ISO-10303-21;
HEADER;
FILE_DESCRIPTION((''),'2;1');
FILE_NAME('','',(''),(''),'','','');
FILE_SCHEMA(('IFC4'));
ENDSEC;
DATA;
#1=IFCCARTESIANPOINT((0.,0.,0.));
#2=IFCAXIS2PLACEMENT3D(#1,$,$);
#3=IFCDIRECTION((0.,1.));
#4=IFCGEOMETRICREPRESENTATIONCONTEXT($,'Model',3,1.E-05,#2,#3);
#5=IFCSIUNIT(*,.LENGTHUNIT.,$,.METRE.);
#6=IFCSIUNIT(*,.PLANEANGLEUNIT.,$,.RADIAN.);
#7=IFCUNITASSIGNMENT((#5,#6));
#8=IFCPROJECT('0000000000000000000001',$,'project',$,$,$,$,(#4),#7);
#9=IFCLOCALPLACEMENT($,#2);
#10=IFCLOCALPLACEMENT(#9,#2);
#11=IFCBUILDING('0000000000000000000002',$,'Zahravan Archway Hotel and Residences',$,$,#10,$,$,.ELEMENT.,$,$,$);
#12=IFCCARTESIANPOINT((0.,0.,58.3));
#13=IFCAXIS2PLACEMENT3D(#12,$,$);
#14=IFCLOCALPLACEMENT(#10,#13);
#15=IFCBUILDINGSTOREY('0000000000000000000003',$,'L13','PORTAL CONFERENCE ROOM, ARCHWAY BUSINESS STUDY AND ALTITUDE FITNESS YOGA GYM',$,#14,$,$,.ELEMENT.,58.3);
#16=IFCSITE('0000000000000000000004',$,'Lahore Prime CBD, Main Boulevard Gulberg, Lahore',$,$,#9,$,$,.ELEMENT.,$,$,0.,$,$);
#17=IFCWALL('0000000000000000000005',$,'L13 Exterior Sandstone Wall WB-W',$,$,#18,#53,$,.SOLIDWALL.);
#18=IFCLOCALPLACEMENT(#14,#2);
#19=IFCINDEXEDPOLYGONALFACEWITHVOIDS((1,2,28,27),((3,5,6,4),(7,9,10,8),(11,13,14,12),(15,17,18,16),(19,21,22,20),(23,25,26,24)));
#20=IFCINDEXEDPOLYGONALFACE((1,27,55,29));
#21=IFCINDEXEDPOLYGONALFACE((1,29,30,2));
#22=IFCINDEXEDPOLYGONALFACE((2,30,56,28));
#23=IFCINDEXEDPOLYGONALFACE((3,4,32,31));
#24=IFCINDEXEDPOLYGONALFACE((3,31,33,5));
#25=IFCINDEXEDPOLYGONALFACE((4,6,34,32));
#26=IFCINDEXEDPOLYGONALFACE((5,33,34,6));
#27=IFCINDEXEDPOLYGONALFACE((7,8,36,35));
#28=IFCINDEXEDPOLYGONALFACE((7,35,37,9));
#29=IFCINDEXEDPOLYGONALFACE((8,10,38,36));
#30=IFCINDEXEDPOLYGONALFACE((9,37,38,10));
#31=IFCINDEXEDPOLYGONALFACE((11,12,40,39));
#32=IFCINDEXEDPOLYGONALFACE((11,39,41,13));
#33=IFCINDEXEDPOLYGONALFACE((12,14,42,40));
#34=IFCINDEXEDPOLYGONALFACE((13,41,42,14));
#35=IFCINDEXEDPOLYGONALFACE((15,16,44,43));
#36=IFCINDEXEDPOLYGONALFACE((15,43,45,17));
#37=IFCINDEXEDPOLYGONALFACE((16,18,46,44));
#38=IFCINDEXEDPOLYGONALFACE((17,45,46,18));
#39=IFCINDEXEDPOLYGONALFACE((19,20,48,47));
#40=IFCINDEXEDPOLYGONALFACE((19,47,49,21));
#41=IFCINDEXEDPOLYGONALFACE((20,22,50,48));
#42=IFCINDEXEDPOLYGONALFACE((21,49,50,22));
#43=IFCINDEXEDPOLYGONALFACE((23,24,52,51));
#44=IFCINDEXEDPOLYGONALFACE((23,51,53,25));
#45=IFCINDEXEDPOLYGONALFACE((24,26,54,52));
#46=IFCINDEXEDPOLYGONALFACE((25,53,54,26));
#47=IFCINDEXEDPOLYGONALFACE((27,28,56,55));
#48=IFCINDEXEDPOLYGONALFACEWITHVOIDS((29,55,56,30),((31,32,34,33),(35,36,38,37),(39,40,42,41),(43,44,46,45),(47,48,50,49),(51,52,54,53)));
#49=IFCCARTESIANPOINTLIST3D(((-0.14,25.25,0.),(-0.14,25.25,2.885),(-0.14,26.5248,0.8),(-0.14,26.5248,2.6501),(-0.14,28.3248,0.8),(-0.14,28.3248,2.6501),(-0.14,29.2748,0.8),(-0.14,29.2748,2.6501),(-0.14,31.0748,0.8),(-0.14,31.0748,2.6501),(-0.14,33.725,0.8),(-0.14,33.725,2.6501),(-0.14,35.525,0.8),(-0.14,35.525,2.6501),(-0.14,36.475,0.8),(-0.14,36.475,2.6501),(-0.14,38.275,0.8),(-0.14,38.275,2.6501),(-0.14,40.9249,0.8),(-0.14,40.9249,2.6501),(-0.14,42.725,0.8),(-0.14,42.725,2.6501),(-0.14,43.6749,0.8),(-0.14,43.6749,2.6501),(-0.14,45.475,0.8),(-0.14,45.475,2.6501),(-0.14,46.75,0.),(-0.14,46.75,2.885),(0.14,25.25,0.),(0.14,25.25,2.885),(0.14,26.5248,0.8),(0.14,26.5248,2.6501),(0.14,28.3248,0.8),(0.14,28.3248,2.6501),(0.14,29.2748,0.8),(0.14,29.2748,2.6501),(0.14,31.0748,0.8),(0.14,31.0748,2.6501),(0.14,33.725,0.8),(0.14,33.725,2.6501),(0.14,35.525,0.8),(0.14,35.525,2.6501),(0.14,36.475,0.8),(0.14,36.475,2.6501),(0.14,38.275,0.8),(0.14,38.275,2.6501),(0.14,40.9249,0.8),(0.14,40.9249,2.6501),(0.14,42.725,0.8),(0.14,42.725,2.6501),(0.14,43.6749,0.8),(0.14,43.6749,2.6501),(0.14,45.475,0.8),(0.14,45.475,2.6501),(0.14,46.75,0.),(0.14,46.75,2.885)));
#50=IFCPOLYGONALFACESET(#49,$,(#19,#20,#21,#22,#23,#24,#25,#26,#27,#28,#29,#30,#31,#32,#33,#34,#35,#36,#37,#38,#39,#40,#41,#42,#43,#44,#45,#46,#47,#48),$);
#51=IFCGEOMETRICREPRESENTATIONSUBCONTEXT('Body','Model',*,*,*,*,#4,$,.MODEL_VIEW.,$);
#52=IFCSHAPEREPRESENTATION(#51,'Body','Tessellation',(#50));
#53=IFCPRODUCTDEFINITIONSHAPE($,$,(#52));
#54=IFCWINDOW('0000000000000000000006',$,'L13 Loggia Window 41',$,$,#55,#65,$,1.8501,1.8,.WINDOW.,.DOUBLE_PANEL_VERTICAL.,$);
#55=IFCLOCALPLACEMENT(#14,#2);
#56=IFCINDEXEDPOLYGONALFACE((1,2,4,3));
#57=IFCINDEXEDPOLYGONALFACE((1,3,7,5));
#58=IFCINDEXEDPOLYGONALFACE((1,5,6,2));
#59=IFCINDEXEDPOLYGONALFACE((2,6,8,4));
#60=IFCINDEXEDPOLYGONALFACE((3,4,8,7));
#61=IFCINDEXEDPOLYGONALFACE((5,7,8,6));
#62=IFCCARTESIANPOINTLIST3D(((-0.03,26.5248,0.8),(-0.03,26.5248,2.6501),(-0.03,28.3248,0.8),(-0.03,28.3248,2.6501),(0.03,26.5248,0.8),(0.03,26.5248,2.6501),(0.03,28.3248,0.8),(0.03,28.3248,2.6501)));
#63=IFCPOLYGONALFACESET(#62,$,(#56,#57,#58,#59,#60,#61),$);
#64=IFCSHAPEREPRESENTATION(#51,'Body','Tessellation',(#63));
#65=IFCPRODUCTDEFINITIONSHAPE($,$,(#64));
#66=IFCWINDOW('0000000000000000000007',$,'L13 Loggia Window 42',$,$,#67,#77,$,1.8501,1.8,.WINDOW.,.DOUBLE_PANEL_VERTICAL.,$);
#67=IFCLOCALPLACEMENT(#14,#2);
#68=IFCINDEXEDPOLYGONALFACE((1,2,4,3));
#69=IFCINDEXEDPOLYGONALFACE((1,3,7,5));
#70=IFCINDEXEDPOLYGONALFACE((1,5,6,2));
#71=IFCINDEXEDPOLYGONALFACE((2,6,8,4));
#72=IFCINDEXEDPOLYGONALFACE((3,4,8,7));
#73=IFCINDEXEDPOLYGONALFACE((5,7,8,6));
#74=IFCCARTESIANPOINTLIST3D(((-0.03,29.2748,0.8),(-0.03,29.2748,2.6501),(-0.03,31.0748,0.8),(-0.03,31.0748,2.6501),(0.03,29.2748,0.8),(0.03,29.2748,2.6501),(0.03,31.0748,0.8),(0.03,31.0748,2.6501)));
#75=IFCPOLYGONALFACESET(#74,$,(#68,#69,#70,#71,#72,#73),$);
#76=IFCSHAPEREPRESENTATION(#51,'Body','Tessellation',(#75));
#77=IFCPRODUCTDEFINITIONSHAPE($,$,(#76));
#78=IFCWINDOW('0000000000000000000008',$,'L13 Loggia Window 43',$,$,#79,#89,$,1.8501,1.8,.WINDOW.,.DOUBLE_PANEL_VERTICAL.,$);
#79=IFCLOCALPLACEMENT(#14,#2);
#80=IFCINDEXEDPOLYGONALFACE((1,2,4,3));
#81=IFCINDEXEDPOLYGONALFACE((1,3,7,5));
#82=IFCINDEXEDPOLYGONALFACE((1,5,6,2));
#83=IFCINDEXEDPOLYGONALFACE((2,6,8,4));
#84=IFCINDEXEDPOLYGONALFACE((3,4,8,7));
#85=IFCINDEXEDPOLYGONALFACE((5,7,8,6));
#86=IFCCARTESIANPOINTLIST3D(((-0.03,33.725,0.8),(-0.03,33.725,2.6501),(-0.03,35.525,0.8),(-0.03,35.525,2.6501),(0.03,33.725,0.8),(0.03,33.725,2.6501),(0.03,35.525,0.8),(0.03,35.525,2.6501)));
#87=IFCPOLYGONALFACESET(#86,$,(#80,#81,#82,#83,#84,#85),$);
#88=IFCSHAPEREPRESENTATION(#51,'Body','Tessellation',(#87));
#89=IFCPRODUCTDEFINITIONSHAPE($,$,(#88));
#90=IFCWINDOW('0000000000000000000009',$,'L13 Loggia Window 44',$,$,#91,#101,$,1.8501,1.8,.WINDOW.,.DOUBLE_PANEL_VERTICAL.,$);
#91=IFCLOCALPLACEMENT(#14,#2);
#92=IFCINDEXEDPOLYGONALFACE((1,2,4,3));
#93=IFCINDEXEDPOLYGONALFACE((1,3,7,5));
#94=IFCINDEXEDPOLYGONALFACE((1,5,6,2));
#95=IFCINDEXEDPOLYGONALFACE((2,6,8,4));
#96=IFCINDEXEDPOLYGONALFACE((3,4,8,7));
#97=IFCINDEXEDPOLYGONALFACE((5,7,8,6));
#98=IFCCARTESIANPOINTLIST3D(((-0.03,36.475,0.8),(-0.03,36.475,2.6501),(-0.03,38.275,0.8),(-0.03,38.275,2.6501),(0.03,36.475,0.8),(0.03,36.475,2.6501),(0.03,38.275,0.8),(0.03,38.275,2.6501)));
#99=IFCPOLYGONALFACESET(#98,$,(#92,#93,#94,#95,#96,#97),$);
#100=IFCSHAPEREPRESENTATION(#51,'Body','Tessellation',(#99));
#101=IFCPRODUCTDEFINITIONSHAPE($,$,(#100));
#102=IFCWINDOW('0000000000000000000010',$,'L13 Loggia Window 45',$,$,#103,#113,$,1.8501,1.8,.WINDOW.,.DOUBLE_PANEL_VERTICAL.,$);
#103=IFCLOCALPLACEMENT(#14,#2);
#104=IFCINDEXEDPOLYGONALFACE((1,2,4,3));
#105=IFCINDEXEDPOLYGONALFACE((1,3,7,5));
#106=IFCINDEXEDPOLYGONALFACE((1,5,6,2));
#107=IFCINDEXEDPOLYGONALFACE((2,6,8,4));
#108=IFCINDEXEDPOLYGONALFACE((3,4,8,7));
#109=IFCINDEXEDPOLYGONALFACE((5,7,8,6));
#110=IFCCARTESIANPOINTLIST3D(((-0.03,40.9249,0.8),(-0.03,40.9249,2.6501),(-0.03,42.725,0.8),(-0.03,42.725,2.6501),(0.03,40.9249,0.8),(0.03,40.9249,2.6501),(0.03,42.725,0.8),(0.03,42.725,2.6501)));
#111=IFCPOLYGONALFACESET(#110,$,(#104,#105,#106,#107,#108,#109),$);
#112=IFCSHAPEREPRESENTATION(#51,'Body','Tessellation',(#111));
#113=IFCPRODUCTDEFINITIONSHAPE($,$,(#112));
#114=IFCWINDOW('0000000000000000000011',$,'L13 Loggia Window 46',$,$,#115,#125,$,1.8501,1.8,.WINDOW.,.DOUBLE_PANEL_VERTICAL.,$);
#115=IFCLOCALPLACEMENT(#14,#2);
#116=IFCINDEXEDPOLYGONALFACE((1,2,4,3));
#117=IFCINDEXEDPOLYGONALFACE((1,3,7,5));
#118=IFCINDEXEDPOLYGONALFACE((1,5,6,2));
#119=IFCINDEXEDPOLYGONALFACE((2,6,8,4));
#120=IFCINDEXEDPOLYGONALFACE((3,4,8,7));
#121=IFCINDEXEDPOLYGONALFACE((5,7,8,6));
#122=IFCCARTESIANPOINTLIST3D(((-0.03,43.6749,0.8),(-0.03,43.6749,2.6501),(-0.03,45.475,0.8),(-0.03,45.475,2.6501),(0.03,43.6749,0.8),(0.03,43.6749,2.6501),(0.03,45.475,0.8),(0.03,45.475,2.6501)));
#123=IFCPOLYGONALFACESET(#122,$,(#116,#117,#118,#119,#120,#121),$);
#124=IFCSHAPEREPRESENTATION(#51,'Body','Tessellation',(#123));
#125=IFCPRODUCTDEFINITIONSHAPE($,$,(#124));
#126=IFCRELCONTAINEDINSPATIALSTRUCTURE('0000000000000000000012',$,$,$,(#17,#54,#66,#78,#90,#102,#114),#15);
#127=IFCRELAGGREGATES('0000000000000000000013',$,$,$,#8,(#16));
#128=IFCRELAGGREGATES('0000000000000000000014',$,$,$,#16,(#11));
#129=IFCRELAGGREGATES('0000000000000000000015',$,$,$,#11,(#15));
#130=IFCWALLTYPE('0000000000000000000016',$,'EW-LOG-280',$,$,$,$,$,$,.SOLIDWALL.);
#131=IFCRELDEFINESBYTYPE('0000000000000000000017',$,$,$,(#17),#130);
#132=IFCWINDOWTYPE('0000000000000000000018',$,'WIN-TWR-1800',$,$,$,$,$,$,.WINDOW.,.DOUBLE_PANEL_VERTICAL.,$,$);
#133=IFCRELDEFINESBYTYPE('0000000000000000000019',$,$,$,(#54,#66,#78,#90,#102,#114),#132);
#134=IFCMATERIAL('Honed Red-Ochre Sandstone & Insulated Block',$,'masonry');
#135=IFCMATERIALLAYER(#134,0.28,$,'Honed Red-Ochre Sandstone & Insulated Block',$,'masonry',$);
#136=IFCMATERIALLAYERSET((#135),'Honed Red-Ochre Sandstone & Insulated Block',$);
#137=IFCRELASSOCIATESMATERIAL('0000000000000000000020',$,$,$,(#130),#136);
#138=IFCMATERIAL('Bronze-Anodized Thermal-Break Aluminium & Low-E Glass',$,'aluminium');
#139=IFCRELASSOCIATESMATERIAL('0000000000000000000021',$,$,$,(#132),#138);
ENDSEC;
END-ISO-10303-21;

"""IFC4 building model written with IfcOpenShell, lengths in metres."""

from ifc_helpers import new_model, si_unit, direction, frame, frame_2d, origin, place, context, subcontext, project, spatial, rectangle, extrude, source, transform, mapped, material, layer, layer_set, type_object, type_shapes, element, fill, save


model = new_model("IFC4")

# Units and contexts
model_context = context("Model", 3, precision=1e-05, world=origin(), true_north=direction((0.0, 1.0)))
body_context = subcontext(model_context, "Body", "Model", "MODEL_VIEW")
ifc_project = project(units=[si_unit("LENGTHUNIT", "METRE"), si_unit("PLANEANGLEUNIT", "RADIAN")], contexts=[model_context])

# Site, building, storey
site_placement = place(None, origin())
site = spatial("IfcSite", under=ifc_project, at=site_placement, Name="Lahore Prime CBD, Main Boulevard Gulberg, Lahore", CompositionType="ELEMENT", RefElevation=0.0)
building_placement = place(site_placement, origin())
building = spatial("IfcBuilding", under=site, at=building_placement, Name="Zahravan Archway Hotel and Residences", CompositionType="ELEMENT")
storey_placement = place(building_placement, frame((0.0, 0.0, 58.3)))
storey = spatial("IfcBuildingStorey", under=building, at=storey_placement, Name="L13", Description="PORTAL CONFERENCE ROOM, ARCHWAY BUSINESS STUDY AND ALTITUDE FITNESS YOGA GYM", CompositionType="ELEMENT", Elevation=58.3)

# Shared definitions
ifc_material_1 = material(Name="Honed Red-Ochre Sandstone & Insulated Block", Category="masonry")
ifc_layer_1 = layer(ifc_material_1, 0.28, Name="Honed Red-Ochre Sandstone & Insulated Block", Category="masonry")
ifc_layer_set_1 = layer_set([ifc_layer_1], Name="Honed Red-Ochre Sandstone & Insulated Block")
wall_type_1 = type_object("IfcWallType", Name="EW-LOG-280", PredefinedType="SOLIDWALL", material=ifc_layer_set_1)

# Wall, openings, windows
wall_1_placement = place(storey_placement, frame((0.0, 25.25, 0.0), z_axis=(0.0, 0.0, 1.0), x_axis=(0.0, 1.0, 0.0)))
wall_1 = element("IfcWall", 1, at=wall_1_placement, inside=storey, type_object=wall_type_1, Name="L13 Exterior Sandstone Wall WB-W", PredefinedType="SOLIDWALL", context=body_context, shape_type="SweptSolid", body=[
    extrude(rectangle(XDim=21.5, YDim=0.28, at=frame_2d((10.75, 0.0))), origin(), (0.0, 0.0, 1.0), 2.885),
])
opening_1_placement = place(wall_1_placement, frame((1.2749, 0.0, 0.8)))
opening_1 = element("IfcOpeningElement", 2, at=opening_1_placement, cuts=wall_1, PredefinedType="OPENING", context=body_context, shape_type="SweptSolid", body=[
    extrude(rectangle(XDim=1.8, YDim=1.8501, at=frame_2d((0.8999, 0.925))), frame((0.0, 0.1499, 0.0), z_axis=(0.0, -1.0, 0.0), x_axis=(1.0, 0.0, 0.0)), (0.0, 0.0, 1.0), 0.3),
])
opening_2_placement = place(wall_1_placement, frame((4.0249, 0.0, 0.8)))
opening_2 = element("IfcOpeningElement", 3, at=opening_2_placement, cuts=wall_1, PredefinedType="OPENING", context=body_context, shape_type="SweptSolid", body=[
    extrude(rectangle(XDim=1.8, YDim=1.8501, at=frame_2d((0.8999, 0.925))), frame((0.0, 0.1499, 0.0), z_axis=(0.0, -1.0, 0.0), x_axis=(1.0, 0.0, 0.0)), (0.0, 0.0, 1.0), 0.3),
])
opening_3_placement = place(wall_1_placement, frame((8.4751, 0.0, 0.8)))
opening_3 = element("IfcOpeningElement", 4, at=opening_3_placement, cuts=wall_1, PredefinedType="OPENING", context=body_context, shape_type="SweptSolid", body=[
    extrude(rectangle(XDim=1.8, YDim=1.8501, at=frame_2d((0.8999, 0.925))), frame((0.0, 0.1499, 0.0), z_axis=(0.0, -1.0, 0.0), x_axis=(1.0, 0.0, 0.0)), (0.0, 0.0, 1.0), 0.3),
])
opening_4_placement = place(wall_1_placement, frame((11.2251, 0.0, 0.8)))
opening_4 = element("IfcOpeningElement", 5, at=opening_4_placement, cuts=wall_1, PredefinedType="OPENING", context=body_context, shape_type="SweptSolid", body=[
    extrude(rectangle(XDim=1.8, YDim=1.8501, at=frame_2d((0.8999, 0.925))), frame((0.0, 0.1499, 0.0), z_axis=(0.0, -1.0, 0.0), x_axis=(1.0, 0.0, 0.0)), (0.0, 0.0, 1.0), 0.3),
])
opening_5_placement = place(wall_1_placement, frame((15.675, 0.0, 0.8)))
opening_5 = element("IfcOpeningElement", 6, at=opening_5_placement, cuts=wall_1, PredefinedType="OPENING", context=body_context, shape_type="SweptSolid", body=[
    extrude(rectangle(XDim=1.8, YDim=1.8501, at=frame_2d((0.8999, 0.925))), frame((0.0, 0.1499, 0.0), z_axis=(0.0, -1.0, 0.0), x_axis=(1.0, 0.0, 0.0)), (0.0, 0.0, 1.0), 0.3),
])
opening_6_placement = place(wall_1_placement, frame((18.425, 0.0, 0.8)))
opening_6 = element("IfcOpeningElement", 7, at=opening_6_placement, cuts=wall_1, PredefinedType="OPENING", context=body_context, shape_type="SweptSolid", body=[
    extrude(rectangle(XDim=1.8, YDim=1.8501, at=frame_2d((0.8999, 0.925))), frame((0.0, 0.1499, 0.0), z_axis=(0.0, -1.0, 0.0), x_axis=(1.0, 0.0, 0.0)), (0.0, 0.0, 1.0), 0.3),
])
ifc_material_2 = material(Name="Bronze-Anodized Thermal-Break Aluminium & Low-E Glass", Category="aluminium")
window_type = type_object("IfcWindowType", Name="WIN-TWR-1800", PartitioningType="DOUBLE_PANEL_VERTICAL", PredefinedType="WINDOW", material=ifc_material_2)
shared_shape_1 = source(origin(), body_context, "Body", "SweptSolid", [
    extrude(rectangle(XDim=1.8, YDim=1.8501, at=frame_2d((0.8999, 0.925))), frame((0.0, 0.03, 0.0), z_axis=(0.0, -1.0, 0.0), x_axis=(1.0, 0.0, 0.0)), (0.0, 0.0, 1.0), 0.0601),
])
type_shapes(window_type, [shared_shape_1])
window_1_placement = place(opening_1_placement, origin())
window_1 = element("IfcWindow", 8, at=window_1_placement, inside=storey, type_object=window_type, Name="L13 Loggia Window 41", OverallHeight=1.8501, OverallWidth=1.8, PartitioningType="DOUBLE_PANEL_VERTICAL", PredefinedType="WINDOW", context=body_context, shape_type="MappedRepresentation", body=[
    mapped(shared_shape_1, transform((0.0, 0.0, 0.0), scale=1.0)),
])
fill(opening_1, window_1)
window_2_placement = place(opening_2_placement, origin())
window_2 = element("IfcWindow", 9, at=window_2_placement, inside=storey, type_object=window_type, Name="L13 Loggia Window 42", OverallHeight=1.8501, OverallWidth=1.8, PartitioningType="DOUBLE_PANEL_VERTICAL", PredefinedType="WINDOW", context=body_context, shape_type="MappedRepresentation", body=[
    mapped(shared_shape_1, transform((0.0, 0.0, 0.0), scale=1.0)),
])
fill(opening_2, window_2)
window_3_placement = place(opening_3_placement, origin())
window_3 = element("IfcWindow", 10, at=window_3_placement, inside=storey, type_object=window_type, Name="L13 Loggia Window 43", OverallHeight=1.8501, OverallWidth=1.8, PartitioningType="DOUBLE_PANEL_VERTICAL", PredefinedType="WINDOW", context=body_context, shape_type="MappedRepresentation", body=[
    mapped(shared_shape_1, transform((0.0, 0.0, 0.0), scale=1.0)),
])
fill(opening_3, window_3)
window_4_placement = place(opening_4_placement, origin())
window_4 = element("IfcWindow", 11, at=window_4_placement, inside=storey, type_object=window_type, Name="L13 Loggia Window 44", OverallHeight=1.8501, OverallWidth=1.8, PartitioningType="DOUBLE_PANEL_VERTICAL", PredefinedType="WINDOW", context=body_context, shape_type="MappedRepresentation", body=[
    mapped(shared_shape_1, transform((0.0, 0.0, 0.0), scale=1.0)),
])
fill(opening_4, window_4)
window_5_placement = place(opening_5_placement, origin())
window_5 = element("IfcWindow", 12, at=window_5_placement, inside=storey, type_object=window_type, Name="L13 Loggia Window 45", OverallHeight=1.8501, OverallWidth=1.8, PartitioningType="DOUBLE_PANEL_VERTICAL", PredefinedType="WINDOW", context=body_context, shape_type="MappedRepresentation", body=[
    mapped(shared_shape_1, transform((0.0, 0.0, 0.0), scale=1.0)),
])
fill(opening_5, window_5)
window_6_placement = place(opening_6_placement, origin())
window_6 = element("IfcWindow", 13, at=window_6_placement, inside=storey, type_object=window_type, Name="L13 Loggia Window 46", OverallHeight=1.8501, OverallWidth=1.8, PartitioningType="DOUBLE_PANEL_VERTICAL", PredefinedType="WINDOW", context=body_context, shape_type="MappedRepresentation", body=[
    mapped(shared_shape_1, transform((0.0, 0.0, 0.0), scale=1.0)),
])
fill(opening_6, window_6)

save(model, "model.ifc")
